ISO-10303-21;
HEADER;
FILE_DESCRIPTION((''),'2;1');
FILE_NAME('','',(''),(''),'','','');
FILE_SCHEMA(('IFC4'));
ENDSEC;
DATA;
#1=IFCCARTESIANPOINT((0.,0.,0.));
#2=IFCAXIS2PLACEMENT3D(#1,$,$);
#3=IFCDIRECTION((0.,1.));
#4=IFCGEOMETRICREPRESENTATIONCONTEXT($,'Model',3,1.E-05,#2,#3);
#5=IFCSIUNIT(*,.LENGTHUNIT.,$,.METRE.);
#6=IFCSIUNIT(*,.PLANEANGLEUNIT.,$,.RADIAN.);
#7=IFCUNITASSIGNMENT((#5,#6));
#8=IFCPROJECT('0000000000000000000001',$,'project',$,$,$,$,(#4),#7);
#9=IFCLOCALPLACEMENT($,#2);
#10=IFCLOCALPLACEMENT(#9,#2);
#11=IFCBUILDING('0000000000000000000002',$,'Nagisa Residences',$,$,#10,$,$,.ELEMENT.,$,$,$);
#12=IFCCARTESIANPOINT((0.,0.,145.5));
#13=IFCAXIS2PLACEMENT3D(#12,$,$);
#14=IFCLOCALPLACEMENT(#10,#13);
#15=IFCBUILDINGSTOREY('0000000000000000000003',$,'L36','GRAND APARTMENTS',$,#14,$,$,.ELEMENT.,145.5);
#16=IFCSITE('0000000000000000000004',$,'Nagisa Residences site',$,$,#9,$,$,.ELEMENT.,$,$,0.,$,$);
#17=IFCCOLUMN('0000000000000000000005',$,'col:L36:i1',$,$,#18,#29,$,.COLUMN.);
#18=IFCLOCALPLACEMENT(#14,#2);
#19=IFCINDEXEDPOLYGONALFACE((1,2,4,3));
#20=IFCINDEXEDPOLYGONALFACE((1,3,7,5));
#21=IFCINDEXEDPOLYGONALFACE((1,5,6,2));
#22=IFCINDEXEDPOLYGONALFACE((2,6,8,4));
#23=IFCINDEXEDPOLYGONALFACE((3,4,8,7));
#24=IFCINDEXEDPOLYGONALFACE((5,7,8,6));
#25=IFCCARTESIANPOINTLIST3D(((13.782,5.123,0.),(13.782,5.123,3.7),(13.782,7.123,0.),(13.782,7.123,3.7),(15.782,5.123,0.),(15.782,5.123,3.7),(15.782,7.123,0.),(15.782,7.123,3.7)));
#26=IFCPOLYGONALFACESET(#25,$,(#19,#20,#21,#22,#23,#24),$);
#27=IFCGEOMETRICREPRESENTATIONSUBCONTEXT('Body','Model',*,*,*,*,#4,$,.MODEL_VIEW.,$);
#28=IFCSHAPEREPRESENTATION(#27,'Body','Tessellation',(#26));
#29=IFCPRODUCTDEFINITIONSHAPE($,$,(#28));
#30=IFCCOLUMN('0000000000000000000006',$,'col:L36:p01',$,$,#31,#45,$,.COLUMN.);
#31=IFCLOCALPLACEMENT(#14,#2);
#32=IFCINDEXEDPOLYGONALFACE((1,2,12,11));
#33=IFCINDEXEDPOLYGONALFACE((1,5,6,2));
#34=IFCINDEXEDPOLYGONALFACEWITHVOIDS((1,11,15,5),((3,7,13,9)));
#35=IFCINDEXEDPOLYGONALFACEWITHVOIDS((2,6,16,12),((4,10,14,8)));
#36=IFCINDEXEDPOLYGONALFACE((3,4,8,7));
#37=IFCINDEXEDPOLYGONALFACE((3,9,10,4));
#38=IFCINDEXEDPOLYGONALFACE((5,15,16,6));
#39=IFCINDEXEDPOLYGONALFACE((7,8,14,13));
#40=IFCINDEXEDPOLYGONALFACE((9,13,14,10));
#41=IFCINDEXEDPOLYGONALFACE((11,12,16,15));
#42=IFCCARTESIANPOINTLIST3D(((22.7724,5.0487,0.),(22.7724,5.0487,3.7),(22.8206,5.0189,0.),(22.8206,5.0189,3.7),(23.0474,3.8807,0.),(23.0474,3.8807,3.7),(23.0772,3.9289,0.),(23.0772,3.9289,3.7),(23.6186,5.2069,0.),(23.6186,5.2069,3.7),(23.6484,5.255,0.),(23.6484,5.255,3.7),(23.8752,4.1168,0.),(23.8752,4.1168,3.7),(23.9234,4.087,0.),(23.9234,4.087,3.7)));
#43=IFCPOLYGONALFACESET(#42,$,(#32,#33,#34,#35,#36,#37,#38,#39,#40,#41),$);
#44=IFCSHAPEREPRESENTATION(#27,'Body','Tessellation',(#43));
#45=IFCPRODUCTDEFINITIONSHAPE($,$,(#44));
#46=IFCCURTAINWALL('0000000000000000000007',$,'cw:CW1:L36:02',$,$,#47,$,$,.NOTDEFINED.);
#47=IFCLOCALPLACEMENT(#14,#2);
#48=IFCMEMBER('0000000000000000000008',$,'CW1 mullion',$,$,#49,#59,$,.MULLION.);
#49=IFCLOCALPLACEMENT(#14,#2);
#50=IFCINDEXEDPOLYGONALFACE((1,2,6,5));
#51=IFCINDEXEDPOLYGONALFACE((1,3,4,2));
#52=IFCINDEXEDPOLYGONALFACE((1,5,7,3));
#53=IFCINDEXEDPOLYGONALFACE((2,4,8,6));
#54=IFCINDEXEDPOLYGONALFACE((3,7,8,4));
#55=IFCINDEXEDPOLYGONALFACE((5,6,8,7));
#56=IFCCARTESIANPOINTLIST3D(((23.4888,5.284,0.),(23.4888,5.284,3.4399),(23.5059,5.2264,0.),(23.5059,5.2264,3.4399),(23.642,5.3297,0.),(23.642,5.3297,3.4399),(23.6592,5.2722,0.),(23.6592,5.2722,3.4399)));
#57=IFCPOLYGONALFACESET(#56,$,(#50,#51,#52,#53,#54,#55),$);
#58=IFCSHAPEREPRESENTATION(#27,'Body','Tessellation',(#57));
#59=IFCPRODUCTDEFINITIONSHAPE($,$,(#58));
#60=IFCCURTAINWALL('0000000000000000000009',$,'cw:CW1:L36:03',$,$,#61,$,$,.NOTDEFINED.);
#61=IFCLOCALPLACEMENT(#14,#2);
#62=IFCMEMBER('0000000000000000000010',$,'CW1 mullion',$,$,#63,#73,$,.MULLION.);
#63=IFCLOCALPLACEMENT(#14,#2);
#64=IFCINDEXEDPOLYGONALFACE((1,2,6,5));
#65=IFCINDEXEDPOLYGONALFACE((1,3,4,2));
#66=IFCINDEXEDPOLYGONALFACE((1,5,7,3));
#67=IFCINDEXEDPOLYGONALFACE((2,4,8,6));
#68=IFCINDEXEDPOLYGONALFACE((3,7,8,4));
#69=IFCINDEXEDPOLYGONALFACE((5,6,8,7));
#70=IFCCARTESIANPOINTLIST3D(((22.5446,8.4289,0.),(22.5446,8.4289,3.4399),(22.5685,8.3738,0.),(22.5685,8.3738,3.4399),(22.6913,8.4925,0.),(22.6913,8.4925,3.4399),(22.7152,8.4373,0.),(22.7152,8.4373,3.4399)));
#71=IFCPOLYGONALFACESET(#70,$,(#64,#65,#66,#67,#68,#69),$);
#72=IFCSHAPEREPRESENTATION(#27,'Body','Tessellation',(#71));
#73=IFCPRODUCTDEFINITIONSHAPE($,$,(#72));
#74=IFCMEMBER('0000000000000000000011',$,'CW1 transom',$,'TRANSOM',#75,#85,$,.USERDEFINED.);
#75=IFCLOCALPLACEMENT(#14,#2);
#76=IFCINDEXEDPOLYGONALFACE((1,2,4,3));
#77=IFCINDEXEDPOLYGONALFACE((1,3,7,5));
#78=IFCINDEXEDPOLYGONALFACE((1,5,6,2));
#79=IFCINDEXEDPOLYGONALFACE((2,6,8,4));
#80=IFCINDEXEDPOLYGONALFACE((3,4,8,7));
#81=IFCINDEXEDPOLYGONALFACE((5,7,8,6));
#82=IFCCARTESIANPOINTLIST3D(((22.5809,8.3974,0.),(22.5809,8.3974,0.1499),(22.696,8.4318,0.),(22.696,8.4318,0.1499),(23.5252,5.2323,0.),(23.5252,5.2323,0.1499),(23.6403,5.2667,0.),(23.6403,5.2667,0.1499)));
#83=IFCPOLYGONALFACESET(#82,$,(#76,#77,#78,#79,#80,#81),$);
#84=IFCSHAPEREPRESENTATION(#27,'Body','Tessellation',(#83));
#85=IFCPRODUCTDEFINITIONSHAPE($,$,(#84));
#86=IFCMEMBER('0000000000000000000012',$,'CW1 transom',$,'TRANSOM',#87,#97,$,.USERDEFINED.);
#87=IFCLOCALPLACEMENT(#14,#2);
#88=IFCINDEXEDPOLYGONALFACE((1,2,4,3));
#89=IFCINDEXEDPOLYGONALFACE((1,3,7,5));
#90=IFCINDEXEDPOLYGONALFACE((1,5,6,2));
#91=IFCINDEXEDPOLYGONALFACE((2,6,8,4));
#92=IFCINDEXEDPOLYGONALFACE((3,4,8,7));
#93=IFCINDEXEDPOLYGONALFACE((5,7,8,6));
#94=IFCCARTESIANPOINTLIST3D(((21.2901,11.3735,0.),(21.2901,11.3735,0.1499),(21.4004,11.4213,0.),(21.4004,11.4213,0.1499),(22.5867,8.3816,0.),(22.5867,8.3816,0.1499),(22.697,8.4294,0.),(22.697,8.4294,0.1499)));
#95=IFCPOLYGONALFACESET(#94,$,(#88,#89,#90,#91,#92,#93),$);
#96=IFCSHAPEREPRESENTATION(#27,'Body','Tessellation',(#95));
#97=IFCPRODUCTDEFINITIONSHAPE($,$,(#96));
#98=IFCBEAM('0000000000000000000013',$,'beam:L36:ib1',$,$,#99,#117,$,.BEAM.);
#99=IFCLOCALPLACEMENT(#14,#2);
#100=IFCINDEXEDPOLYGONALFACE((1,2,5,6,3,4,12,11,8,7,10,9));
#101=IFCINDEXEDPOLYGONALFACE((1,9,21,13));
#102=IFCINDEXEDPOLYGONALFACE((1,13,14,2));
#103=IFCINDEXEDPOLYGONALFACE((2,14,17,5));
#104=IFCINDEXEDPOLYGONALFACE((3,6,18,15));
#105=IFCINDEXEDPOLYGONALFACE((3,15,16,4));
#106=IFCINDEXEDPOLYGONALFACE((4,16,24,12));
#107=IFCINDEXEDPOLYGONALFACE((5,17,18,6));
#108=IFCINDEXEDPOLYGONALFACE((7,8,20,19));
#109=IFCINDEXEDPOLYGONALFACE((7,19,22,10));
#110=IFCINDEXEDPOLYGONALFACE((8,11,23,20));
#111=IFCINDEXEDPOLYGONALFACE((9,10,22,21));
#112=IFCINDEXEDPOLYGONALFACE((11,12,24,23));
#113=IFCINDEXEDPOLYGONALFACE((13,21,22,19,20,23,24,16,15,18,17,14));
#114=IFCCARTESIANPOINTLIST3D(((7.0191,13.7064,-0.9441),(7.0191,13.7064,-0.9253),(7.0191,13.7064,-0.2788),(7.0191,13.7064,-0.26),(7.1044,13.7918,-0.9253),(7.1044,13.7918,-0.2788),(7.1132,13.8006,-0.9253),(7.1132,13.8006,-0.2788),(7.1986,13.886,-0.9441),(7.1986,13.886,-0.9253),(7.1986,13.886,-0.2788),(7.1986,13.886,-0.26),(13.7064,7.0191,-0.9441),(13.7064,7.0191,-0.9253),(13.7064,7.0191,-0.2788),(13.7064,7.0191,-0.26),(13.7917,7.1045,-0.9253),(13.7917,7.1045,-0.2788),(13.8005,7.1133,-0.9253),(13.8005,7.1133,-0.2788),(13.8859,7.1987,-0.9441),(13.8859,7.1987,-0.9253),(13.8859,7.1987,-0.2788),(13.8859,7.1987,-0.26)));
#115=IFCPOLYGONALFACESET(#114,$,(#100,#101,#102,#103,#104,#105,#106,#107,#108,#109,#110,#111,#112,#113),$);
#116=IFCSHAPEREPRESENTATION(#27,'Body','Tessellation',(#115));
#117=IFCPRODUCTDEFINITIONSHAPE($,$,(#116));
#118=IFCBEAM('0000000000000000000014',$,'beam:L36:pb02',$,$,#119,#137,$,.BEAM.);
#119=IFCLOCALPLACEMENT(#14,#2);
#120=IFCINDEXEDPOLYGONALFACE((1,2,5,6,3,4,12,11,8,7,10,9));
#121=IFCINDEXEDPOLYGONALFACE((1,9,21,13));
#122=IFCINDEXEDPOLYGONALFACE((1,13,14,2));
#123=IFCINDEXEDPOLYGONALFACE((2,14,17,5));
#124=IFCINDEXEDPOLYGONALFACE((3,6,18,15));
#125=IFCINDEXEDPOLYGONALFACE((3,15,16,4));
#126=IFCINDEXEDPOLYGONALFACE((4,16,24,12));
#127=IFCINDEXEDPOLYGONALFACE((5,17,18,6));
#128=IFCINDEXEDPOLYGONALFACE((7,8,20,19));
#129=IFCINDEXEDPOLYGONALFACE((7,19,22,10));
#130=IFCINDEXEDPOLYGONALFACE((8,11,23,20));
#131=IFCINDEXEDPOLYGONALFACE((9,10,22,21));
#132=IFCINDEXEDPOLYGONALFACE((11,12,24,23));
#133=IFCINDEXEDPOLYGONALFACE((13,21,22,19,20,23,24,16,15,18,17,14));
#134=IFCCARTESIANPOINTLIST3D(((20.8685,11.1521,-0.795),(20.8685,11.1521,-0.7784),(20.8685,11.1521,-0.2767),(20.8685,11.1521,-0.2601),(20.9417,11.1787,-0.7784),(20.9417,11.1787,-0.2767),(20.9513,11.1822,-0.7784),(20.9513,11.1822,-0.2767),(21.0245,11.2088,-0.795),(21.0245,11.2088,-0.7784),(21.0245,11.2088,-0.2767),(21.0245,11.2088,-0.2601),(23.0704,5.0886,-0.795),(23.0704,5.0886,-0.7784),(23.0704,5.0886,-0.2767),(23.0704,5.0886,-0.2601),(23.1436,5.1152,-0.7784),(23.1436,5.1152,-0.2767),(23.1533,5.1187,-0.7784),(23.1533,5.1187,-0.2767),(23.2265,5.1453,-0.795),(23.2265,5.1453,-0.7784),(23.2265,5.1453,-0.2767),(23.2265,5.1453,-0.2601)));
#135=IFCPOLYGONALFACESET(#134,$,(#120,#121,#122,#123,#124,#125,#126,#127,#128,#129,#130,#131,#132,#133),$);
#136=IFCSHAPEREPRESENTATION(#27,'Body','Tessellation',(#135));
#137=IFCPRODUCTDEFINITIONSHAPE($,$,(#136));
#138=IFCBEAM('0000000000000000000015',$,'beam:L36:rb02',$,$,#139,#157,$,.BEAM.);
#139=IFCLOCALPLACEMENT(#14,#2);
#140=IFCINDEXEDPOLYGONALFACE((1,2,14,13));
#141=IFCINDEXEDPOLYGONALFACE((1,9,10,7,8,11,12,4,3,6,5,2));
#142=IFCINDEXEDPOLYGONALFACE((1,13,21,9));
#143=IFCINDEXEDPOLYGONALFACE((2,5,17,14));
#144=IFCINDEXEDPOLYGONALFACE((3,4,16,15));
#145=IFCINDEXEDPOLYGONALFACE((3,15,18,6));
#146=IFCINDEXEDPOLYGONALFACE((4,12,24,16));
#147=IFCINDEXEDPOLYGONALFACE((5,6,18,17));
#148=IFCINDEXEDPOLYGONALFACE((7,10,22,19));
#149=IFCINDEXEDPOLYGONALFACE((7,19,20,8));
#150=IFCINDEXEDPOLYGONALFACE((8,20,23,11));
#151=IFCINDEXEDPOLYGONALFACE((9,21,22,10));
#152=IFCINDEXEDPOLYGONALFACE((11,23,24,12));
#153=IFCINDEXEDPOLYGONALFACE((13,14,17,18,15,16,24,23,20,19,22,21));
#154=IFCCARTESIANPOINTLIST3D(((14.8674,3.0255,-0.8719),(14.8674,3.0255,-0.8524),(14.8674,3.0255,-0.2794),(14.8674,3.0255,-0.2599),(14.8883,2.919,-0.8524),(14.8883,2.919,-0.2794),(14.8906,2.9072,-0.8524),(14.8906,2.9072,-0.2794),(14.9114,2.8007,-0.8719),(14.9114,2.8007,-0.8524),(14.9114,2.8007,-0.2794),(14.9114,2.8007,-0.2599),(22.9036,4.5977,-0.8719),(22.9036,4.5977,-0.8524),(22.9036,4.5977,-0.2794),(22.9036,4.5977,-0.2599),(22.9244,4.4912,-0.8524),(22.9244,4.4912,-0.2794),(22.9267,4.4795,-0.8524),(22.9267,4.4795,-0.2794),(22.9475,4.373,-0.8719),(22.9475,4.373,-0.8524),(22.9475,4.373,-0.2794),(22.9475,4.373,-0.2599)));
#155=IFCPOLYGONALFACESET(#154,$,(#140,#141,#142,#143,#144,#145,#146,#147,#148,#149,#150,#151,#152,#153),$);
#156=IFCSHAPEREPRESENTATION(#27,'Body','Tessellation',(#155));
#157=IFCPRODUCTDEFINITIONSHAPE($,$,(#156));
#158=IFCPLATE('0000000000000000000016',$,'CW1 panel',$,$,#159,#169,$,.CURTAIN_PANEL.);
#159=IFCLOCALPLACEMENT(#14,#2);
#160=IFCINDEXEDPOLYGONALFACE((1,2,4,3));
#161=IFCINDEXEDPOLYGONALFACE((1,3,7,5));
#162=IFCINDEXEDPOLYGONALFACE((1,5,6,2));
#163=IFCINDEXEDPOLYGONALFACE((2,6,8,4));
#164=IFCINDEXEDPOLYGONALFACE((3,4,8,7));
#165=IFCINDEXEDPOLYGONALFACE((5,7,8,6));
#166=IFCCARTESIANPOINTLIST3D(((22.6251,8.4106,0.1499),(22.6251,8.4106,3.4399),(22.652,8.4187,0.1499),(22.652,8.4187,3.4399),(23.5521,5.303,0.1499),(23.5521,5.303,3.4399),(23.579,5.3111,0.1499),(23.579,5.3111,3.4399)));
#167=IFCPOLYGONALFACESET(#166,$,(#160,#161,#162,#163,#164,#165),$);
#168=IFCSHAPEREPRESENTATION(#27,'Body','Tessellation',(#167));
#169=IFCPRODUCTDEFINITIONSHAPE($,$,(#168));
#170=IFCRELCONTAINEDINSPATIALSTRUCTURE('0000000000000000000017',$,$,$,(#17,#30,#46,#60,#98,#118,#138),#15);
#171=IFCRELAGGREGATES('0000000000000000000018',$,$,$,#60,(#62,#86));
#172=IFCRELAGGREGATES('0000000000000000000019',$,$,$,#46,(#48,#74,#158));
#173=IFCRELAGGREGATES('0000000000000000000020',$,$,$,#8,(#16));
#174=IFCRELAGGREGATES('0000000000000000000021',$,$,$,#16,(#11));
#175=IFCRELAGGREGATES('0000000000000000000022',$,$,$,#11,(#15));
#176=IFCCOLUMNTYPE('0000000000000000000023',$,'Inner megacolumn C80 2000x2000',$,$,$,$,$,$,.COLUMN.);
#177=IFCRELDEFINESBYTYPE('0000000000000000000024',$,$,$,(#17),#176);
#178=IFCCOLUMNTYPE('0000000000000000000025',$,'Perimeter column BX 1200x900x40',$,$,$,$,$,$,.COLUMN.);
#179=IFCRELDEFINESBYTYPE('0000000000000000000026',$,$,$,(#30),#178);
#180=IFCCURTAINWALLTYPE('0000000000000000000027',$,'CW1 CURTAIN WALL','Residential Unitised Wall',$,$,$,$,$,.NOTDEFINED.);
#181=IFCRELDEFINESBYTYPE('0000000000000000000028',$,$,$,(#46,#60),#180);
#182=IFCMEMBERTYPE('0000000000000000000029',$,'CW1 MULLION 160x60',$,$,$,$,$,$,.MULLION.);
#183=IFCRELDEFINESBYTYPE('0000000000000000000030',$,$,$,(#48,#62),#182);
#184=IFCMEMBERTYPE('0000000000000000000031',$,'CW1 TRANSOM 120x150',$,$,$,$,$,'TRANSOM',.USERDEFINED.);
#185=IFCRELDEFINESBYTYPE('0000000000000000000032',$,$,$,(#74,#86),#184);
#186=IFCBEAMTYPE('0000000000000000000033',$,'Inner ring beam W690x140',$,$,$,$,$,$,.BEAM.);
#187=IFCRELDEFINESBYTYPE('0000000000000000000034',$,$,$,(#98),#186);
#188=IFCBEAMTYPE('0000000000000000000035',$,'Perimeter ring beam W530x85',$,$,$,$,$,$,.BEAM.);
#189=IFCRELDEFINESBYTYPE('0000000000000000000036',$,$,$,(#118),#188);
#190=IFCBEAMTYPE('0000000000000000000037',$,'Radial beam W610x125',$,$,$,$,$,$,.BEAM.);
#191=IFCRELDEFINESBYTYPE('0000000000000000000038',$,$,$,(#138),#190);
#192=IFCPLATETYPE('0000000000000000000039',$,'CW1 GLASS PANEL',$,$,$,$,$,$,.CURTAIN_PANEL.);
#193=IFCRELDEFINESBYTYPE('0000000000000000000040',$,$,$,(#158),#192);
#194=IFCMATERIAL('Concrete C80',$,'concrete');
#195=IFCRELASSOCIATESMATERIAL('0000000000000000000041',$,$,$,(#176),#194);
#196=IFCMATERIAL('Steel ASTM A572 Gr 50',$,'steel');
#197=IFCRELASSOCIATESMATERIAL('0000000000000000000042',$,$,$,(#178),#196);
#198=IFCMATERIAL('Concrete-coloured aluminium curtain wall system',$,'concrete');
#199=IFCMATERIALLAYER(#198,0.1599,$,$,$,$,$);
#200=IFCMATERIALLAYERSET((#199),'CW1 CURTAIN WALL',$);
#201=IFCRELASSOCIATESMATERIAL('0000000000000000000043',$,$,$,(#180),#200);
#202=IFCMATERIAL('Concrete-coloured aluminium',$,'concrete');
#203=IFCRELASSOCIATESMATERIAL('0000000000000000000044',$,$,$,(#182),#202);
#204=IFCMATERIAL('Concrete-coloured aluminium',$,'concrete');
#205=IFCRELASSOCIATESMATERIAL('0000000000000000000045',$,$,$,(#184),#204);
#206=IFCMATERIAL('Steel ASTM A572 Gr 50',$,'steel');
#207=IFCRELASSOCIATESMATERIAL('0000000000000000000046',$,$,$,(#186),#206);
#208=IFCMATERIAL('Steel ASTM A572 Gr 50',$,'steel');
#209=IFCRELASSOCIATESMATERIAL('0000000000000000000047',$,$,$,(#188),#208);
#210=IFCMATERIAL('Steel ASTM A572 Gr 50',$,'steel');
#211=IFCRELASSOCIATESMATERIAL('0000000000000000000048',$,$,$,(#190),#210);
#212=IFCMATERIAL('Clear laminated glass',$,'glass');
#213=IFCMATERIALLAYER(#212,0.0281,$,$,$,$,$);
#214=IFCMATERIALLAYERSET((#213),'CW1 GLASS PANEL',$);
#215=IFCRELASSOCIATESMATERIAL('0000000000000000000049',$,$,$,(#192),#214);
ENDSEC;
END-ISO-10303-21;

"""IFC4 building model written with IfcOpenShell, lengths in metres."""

from ifc_helpers import new_model, si_unit, direction, frame, origin, origin_2d, place, context, subcontext, project, spatial, rectangle, hollow_rectangle, i_section, extrude, material, layer, layer_set, material_profile, profile_set, type_object, element, aggregate, save


model = new_model("IFC4")

# Units and contexts
model_context = context("Model", 3, precision=1e-05, world=origin(), true_north=direction((0.0, 1.0)))
body_context = subcontext(model_context, "Body", "Model", "MODEL_VIEW")
ifc_project = project(units=[si_unit("LENGTHUNIT", "METRE"), si_unit("PLANEANGLEUNIT", "RADIAN")], contexts=[model_context])

# Site, building, storey
site_placement = place(None, origin())
site = spatial("IfcSite", under=ifc_project, at=site_placement, Name="Nagisa Residences site", CompositionType="ELEMENT", RefElevation=0.0)
building_placement = place(site_placement, origin())
building = spatial("IfcBuilding", under=site, at=building_placement, Name="Nagisa Residences", CompositionType="ELEMENT")
storey_placement = place(building_placement, frame((0.0, 0.0, 145.5)))
storey = spatial("IfcBuildingStorey", under=building, at=storey_placement, Name="L36", Description="GRAND APARTMENTS", CompositionType="ELEMENT", Elevation=145.5)

# Columns
ifc_material_1 = material(Name="Concrete C80", Category="concrete")
ifc_material_profile_1 = material_profile(ifc_material_1, rectangle(XDim=2.0, YDim=2.0, at=origin_2d()), Name="C80 2000x2000")
ifc_profile_set_1 = profile_set([ifc_material_profile_1], Name="Concrete C80")
column_type_1 = type_object("IfcColumnType", Name="Inner megacolumn C80 2000x2000", PredefinedType="COLUMN", material=ifc_profile_set_1)
column_1_placement = place(storey_placement, frame((14.782, 6.123, 0.0), z_axis=(0.0, 0.0, 1.0), x_axis=(1.0, 0.0, 0.0)))
element("IfcColumn", 1, at=column_1_placement, inside=storey, type_object=column_type_1, Name="col:L36:i1", PredefinedType="COLUMN", context=body_context, shape_type="SweptSolid", body=[
    extrude(rectangle(XDim=2.0, YDim=2.0, at=origin_2d()), origin(), (0.0, 0.0, 1.0), 3.7),
])
ifc_material_2 = material(Name="Steel ASTM A572 Gr 50", Category="steel")
ifc_material_profile_2 = material_profile(ifc_material_2, hollow_rectangle(XDim=1.2, YDim=0.8999, WallThickness=0.04, at=origin_2d()), Name="BX 1200x900x40")
ifc_profile_set_2 = profile_set([ifc_material_profile_2], Name="Steel ASTM A572 Gr 50")
column_type_2 = type_object("IfcColumnType", Name="Perimeter column BX 1200x900x40", PredefinedType="COLUMN", material=ifc_profile_set_2)
column_2_placement = place(storey_placement, frame((23.3479, 4.5679, 0.0), z_axis=(0.0, 0.0, 1.0), x_axis=(-0.229202, 0.973379, 0.0)))
element("IfcColumn", 2, at=column_2_placement, inside=storey, type_object=column_type_2, Name="col:L36:p01", PredefinedType="COLUMN", context=body_context, shape_type="SweptSolid", body=[
    extrude(hollow_rectangle(XDim=1.2, YDim=0.8999, WallThickness=0.04, at=origin_2d()), origin(), (0.0, 0.0, 1.0), 3.7),
])

# Curtain walls, members
ifc_material_3 = material(Name="Concrete-coloured aluminium curtain wall system", Category="concrete")
ifc_layer_1 = layer(ifc_material_3, 0.1599)
ifc_layer_set_1 = layer_set([ifc_layer_1], Name="CW1 CURTAIN WALL")
curtain_wall_type = type_object("IfcCurtainWallType", Name="CW1 CURTAIN WALL", Description="Residential Unitised Wall", PredefinedType="NOTDEFINED", material=ifc_layer_set_1)
curtain_wall_1_placement = place(storey_placement, origin())
curtain_wall_1 = element("IfcCurtainWall", 3, at=curtain_wall_1_placement, inside=storey, type_object=curtain_wall_type, Name="cw:CW1:L36:02", PredefinedType="NOTDEFINED")
ifc_material_4 = material(Name="Concrete-coloured aluminium", Category="concrete")
ifc_material_profile_3 = material_profile(ifc_material_4, rectangle(XDim=0.1599, YDim=0.0601, at=origin_2d()), Name="CW1 MULLION 160x60")
ifc_profile_set_3 = profile_set([ifc_material_profile_3], Name="Concrete-coloured aluminium")
member_type_1 = type_object("IfcMemberType", Name="CW1 MULLION 160x60", PredefinedType="MULLION", material=ifc_profile_set_3)
member_1_placement = place(storey_placement, frame((23.574, 5.2781, 0.0), z_axis=(0.0, 0.0, 1.0), x_axis=(-0.958271, -0.28586, 0.0)))
member_1 = element("IfcMember", 4, at=member_1_placement, type_object=member_type_1, Name="CW1 mullion", PredefinedType="MULLION", context=body_context, shape_type="SweptSolid", body=[
    extrude(rectangle(XDim=0.1599, YDim=0.0601, at=origin_2d()), origin(), (0.0, 0.0, 1.0), 3.4399),
])
curtain_wall_2_placement = place(storey_placement, origin())
curtain_wall_2 = element("IfcCurtainWall", 5, at=curtain_wall_2_placement, inside=storey, type_object=curtain_wall_type, Name="cw:CW1:L36:03", PredefinedType="NOTDEFINED")
member_2_placement = place(storey_placement, frame((22.6299, 8.4331, 0.0), z_axis=(0.0, 0.0, 1.0), x_axis=(-0.917543, -0.397636, 0.0)))
member_2 = element("IfcMember", 6, at=member_2_placement, type_object=member_type_1, Name="CW1 mullion", PredefinedType="MULLION", context=body_context, shape_type="SweptSolid", body=[
    extrude(rectangle(XDim=0.1599, YDim=0.0601, at=origin_2d()), origin(), (0.0, 0.0, 1.0), 3.4399),
])

# Members
ifc_material_5 = material(Name="Concrete-coloured aluminium", Category="concrete")
ifc_material_profile_4 = material_profile(ifc_material_5, rectangle(XDim=0.1201, YDim=0.1499, at=origin_2d()), Name="CW1 TRANSOM 120x150")
ifc_profile_set_4 = profile_set([ifc_material_profile_4], Name="Concrete-coloured aluminium")
member_type_2 = type_object("IfcMemberType", Name="CW1 TRANSOM 120x150", ElementType="TRANSOM", PredefinedType="USERDEFINED", material=ifc_profile_set_4)
member_3_placement = place(storey_placement, frame((23.5828, 5.2495, 0.075), z_axis=(-0.28591, 0.958257, 0.0), x_axis=(-0.958257, -0.28591, 0.0)))
member_3 = element("IfcMember", 7, at=member_3_placement, type_object=member_type_2, Name="CW1 transom", ObjectType="TRANSOM", PredefinedType="USERDEFINED", context=body_context, shape_type="SweptSolid", body=[
    extrude(rectangle(XDim=0.1201, YDim=0.1499, at=origin_2d()), origin(), (0.0, 0.0, 1.0), 3.303),
])
member_4_placement = place(storey_placement, frame((22.6418, 8.4055, 0.075), z_axis=(-0.397639, 0.917542, 0.0), x_axis=(-0.917542, -0.397639, 0.0)))
member_4 = element("IfcMember", 8, at=member_4_placement, type_object=member_type_2, Name="CW1 transom", ObjectType="TRANSOM", PredefinedType="USERDEFINED", context=body_context, shape_type="SweptSolid", body=[
    extrude(rectangle(XDim=0.1201, YDim=0.1499, at=origin_2d()), origin(), (0.0, 0.0, 1.0), 3.2607),
])
aggregate(curtain_wall_2, [member_2, member_4])

# Beams
ifc_material_6 = material(Name="Steel ASTM A572 Gr 50", Category="steel")
ifc_material_profile_5 = material_profile(ifc_material_6, i_section(OverallWidth=0.2539, OverallDepth=0.6841, WebThickness=0.0125, FlangeThickness=0.0188, at=origin_2d()), Name="W690x140")
ifc_profile_set_5 = profile_set([ifc_material_profile_5], Name="Steel ASTM A572 Gr 50")
beam_type_1 = type_object("IfcBeamType", Name="Inner ring beam W690x140", PredefinedType="BEAM", material=ifc_profile_set_5)
beam_1_placement = place(storey_placement, frame((13.7961, 7.1089, -0.6021), z_axis=(-0.707107, 0.707107, 0.0), x_axis=(-0.707107, -0.707107, 0.0)))
element("IfcBeam", 9, at=beam_1_placement, inside=storey, type_object=beam_type_1, Name="beam:L36:ib1", PredefinedType="BEAM", context=body_context, shape_type="SweptSolid", body=[
    extrude(i_section(OverallWidth=0.2539, OverallDepth=0.6841, WebThickness=0.0125, FlangeThickness=0.0188, at=origin_2d()), origin(), (0.0, 0.0, 1.0), 9.4573),
])
ifc_material_7 = material(Name="Steel ASTM A572 Gr 50", Category="steel")
ifc_material_profile_6 = material_profile(ifc_material_7, i_section(OverallWidth=0.166, OverallDepth=0.5349, WebThickness=0.0103, FlangeThickness=0.0166, at=origin_2d()), Name="W530x85")
ifc_profile_set_6 = profile_set([ifc_material_profile_6], Name="Steel ASTM A572 Gr 50")
beam_type_2 = type_object("IfcBeamType", Name="Perimeter ring beam W530x85", PredefinedType="BEAM", material=ifc_profile_set_6)
beam_2_placement = place(storey_placement, frame((23.1484, 5.1169, -0.5276), z_axis=(-0.341333, 0.939943, 0.0), x_axis=(-0.939943, -0.341333, 0.0)))
element("IfcBeam", 10, at=beam_2_placement, inside=storey, type_object=beam_type_2, Name="beam:L36:pb02", PredefinedType="BEAM", context=body_context, shape_type="SweptSolid", body=[
    extrude(i_section(OverallWidth=0.166, OverallDepth=0.5349, WebThickness=0.0103, FlangeThickness=0.0166, at=origin_2d()), origin(), (0.0, 0.0, 1.0), 6.4509),
])
ifc_material_8 = material(Name="Steel ASTM A572 Gr 50", Category="steel")
ifc_material_profile_7 = material_profile(ifc_material_8, i_section(OverallWidth=0.229, OverallDepth=0.6121, WebThickness=0.012, FlangeThickness=0.0195, at=origin_2d()), Name="W610x125")
ifc_profile_set_7 = profile_set([ifc_material_profile_7], Name="Steel ASTM A572 Gr 50")
beam_type_3 = type_object("IfcBeamType", Name="Radial beam W610x125", PredefinedType="BEAM", material=ifc_profile_set_7)
beam_3_placement = place(storey_placement, frame((22.9255, 4.4854, -0.5659), z_axis=(-0.981393, -0.192009, 0.0), x_axis=(0.192009, -0.981393, 0.0)))
element("IfcBeam", 11, at=beam_3_placement, inside=storey, type_object=beam_type_3, Name="beam:L36:rb02", PredefinedType="BEAM", context=body_context, shape_type="SweptSolid", body=[
    extrude(i_section(OverallWidth=0.229, OverallDepth=0.6121, WebThickness=0.012, FlangeThickness=0.0195, at=origin_2d()), origin(), (0.0, 0.0, 1.0), 8.1885),
])

# Plate
ifc_material_9 = material(Name="Clear laminated glass", Category="glass")
ifc_layer_2 = layer(ifc_material_9, 0.0281)
ifc_layer_set_2 = layer_set([ifc_layer_2], Name="CW1 GLASS PANEL")
plate_type = type_object("IfcPlateType", Name="CW1 GLASS PANEL", PredefinedType="CURTAIN_PANEL", material=ifc_layer_set_2)
plate_placement = place(storey_placement, frame((23.1021, 6.8608, 0.1499), z_axis=(0.0, 0.0, 1.0), x_axis=(-0.28586, 0.958271, 0.0)))
plate = element("IfcPlate", 12, at=plate_placement, type_object=plate_type, Name="CW1 panel", PredefinedType="CURTAIN_PANEL", context=body_context, shape_type="SweptSolid", body=[
    extrude(rectangle(XDim=3.2429, YDim=0.0281, at=origin_2d()), origin(), (0.0, 0.0, 1.0), 3.29),
])
aggregate(curtain_wall_1, [member_1, member_3, plate])

save(model, "model.ifc")
